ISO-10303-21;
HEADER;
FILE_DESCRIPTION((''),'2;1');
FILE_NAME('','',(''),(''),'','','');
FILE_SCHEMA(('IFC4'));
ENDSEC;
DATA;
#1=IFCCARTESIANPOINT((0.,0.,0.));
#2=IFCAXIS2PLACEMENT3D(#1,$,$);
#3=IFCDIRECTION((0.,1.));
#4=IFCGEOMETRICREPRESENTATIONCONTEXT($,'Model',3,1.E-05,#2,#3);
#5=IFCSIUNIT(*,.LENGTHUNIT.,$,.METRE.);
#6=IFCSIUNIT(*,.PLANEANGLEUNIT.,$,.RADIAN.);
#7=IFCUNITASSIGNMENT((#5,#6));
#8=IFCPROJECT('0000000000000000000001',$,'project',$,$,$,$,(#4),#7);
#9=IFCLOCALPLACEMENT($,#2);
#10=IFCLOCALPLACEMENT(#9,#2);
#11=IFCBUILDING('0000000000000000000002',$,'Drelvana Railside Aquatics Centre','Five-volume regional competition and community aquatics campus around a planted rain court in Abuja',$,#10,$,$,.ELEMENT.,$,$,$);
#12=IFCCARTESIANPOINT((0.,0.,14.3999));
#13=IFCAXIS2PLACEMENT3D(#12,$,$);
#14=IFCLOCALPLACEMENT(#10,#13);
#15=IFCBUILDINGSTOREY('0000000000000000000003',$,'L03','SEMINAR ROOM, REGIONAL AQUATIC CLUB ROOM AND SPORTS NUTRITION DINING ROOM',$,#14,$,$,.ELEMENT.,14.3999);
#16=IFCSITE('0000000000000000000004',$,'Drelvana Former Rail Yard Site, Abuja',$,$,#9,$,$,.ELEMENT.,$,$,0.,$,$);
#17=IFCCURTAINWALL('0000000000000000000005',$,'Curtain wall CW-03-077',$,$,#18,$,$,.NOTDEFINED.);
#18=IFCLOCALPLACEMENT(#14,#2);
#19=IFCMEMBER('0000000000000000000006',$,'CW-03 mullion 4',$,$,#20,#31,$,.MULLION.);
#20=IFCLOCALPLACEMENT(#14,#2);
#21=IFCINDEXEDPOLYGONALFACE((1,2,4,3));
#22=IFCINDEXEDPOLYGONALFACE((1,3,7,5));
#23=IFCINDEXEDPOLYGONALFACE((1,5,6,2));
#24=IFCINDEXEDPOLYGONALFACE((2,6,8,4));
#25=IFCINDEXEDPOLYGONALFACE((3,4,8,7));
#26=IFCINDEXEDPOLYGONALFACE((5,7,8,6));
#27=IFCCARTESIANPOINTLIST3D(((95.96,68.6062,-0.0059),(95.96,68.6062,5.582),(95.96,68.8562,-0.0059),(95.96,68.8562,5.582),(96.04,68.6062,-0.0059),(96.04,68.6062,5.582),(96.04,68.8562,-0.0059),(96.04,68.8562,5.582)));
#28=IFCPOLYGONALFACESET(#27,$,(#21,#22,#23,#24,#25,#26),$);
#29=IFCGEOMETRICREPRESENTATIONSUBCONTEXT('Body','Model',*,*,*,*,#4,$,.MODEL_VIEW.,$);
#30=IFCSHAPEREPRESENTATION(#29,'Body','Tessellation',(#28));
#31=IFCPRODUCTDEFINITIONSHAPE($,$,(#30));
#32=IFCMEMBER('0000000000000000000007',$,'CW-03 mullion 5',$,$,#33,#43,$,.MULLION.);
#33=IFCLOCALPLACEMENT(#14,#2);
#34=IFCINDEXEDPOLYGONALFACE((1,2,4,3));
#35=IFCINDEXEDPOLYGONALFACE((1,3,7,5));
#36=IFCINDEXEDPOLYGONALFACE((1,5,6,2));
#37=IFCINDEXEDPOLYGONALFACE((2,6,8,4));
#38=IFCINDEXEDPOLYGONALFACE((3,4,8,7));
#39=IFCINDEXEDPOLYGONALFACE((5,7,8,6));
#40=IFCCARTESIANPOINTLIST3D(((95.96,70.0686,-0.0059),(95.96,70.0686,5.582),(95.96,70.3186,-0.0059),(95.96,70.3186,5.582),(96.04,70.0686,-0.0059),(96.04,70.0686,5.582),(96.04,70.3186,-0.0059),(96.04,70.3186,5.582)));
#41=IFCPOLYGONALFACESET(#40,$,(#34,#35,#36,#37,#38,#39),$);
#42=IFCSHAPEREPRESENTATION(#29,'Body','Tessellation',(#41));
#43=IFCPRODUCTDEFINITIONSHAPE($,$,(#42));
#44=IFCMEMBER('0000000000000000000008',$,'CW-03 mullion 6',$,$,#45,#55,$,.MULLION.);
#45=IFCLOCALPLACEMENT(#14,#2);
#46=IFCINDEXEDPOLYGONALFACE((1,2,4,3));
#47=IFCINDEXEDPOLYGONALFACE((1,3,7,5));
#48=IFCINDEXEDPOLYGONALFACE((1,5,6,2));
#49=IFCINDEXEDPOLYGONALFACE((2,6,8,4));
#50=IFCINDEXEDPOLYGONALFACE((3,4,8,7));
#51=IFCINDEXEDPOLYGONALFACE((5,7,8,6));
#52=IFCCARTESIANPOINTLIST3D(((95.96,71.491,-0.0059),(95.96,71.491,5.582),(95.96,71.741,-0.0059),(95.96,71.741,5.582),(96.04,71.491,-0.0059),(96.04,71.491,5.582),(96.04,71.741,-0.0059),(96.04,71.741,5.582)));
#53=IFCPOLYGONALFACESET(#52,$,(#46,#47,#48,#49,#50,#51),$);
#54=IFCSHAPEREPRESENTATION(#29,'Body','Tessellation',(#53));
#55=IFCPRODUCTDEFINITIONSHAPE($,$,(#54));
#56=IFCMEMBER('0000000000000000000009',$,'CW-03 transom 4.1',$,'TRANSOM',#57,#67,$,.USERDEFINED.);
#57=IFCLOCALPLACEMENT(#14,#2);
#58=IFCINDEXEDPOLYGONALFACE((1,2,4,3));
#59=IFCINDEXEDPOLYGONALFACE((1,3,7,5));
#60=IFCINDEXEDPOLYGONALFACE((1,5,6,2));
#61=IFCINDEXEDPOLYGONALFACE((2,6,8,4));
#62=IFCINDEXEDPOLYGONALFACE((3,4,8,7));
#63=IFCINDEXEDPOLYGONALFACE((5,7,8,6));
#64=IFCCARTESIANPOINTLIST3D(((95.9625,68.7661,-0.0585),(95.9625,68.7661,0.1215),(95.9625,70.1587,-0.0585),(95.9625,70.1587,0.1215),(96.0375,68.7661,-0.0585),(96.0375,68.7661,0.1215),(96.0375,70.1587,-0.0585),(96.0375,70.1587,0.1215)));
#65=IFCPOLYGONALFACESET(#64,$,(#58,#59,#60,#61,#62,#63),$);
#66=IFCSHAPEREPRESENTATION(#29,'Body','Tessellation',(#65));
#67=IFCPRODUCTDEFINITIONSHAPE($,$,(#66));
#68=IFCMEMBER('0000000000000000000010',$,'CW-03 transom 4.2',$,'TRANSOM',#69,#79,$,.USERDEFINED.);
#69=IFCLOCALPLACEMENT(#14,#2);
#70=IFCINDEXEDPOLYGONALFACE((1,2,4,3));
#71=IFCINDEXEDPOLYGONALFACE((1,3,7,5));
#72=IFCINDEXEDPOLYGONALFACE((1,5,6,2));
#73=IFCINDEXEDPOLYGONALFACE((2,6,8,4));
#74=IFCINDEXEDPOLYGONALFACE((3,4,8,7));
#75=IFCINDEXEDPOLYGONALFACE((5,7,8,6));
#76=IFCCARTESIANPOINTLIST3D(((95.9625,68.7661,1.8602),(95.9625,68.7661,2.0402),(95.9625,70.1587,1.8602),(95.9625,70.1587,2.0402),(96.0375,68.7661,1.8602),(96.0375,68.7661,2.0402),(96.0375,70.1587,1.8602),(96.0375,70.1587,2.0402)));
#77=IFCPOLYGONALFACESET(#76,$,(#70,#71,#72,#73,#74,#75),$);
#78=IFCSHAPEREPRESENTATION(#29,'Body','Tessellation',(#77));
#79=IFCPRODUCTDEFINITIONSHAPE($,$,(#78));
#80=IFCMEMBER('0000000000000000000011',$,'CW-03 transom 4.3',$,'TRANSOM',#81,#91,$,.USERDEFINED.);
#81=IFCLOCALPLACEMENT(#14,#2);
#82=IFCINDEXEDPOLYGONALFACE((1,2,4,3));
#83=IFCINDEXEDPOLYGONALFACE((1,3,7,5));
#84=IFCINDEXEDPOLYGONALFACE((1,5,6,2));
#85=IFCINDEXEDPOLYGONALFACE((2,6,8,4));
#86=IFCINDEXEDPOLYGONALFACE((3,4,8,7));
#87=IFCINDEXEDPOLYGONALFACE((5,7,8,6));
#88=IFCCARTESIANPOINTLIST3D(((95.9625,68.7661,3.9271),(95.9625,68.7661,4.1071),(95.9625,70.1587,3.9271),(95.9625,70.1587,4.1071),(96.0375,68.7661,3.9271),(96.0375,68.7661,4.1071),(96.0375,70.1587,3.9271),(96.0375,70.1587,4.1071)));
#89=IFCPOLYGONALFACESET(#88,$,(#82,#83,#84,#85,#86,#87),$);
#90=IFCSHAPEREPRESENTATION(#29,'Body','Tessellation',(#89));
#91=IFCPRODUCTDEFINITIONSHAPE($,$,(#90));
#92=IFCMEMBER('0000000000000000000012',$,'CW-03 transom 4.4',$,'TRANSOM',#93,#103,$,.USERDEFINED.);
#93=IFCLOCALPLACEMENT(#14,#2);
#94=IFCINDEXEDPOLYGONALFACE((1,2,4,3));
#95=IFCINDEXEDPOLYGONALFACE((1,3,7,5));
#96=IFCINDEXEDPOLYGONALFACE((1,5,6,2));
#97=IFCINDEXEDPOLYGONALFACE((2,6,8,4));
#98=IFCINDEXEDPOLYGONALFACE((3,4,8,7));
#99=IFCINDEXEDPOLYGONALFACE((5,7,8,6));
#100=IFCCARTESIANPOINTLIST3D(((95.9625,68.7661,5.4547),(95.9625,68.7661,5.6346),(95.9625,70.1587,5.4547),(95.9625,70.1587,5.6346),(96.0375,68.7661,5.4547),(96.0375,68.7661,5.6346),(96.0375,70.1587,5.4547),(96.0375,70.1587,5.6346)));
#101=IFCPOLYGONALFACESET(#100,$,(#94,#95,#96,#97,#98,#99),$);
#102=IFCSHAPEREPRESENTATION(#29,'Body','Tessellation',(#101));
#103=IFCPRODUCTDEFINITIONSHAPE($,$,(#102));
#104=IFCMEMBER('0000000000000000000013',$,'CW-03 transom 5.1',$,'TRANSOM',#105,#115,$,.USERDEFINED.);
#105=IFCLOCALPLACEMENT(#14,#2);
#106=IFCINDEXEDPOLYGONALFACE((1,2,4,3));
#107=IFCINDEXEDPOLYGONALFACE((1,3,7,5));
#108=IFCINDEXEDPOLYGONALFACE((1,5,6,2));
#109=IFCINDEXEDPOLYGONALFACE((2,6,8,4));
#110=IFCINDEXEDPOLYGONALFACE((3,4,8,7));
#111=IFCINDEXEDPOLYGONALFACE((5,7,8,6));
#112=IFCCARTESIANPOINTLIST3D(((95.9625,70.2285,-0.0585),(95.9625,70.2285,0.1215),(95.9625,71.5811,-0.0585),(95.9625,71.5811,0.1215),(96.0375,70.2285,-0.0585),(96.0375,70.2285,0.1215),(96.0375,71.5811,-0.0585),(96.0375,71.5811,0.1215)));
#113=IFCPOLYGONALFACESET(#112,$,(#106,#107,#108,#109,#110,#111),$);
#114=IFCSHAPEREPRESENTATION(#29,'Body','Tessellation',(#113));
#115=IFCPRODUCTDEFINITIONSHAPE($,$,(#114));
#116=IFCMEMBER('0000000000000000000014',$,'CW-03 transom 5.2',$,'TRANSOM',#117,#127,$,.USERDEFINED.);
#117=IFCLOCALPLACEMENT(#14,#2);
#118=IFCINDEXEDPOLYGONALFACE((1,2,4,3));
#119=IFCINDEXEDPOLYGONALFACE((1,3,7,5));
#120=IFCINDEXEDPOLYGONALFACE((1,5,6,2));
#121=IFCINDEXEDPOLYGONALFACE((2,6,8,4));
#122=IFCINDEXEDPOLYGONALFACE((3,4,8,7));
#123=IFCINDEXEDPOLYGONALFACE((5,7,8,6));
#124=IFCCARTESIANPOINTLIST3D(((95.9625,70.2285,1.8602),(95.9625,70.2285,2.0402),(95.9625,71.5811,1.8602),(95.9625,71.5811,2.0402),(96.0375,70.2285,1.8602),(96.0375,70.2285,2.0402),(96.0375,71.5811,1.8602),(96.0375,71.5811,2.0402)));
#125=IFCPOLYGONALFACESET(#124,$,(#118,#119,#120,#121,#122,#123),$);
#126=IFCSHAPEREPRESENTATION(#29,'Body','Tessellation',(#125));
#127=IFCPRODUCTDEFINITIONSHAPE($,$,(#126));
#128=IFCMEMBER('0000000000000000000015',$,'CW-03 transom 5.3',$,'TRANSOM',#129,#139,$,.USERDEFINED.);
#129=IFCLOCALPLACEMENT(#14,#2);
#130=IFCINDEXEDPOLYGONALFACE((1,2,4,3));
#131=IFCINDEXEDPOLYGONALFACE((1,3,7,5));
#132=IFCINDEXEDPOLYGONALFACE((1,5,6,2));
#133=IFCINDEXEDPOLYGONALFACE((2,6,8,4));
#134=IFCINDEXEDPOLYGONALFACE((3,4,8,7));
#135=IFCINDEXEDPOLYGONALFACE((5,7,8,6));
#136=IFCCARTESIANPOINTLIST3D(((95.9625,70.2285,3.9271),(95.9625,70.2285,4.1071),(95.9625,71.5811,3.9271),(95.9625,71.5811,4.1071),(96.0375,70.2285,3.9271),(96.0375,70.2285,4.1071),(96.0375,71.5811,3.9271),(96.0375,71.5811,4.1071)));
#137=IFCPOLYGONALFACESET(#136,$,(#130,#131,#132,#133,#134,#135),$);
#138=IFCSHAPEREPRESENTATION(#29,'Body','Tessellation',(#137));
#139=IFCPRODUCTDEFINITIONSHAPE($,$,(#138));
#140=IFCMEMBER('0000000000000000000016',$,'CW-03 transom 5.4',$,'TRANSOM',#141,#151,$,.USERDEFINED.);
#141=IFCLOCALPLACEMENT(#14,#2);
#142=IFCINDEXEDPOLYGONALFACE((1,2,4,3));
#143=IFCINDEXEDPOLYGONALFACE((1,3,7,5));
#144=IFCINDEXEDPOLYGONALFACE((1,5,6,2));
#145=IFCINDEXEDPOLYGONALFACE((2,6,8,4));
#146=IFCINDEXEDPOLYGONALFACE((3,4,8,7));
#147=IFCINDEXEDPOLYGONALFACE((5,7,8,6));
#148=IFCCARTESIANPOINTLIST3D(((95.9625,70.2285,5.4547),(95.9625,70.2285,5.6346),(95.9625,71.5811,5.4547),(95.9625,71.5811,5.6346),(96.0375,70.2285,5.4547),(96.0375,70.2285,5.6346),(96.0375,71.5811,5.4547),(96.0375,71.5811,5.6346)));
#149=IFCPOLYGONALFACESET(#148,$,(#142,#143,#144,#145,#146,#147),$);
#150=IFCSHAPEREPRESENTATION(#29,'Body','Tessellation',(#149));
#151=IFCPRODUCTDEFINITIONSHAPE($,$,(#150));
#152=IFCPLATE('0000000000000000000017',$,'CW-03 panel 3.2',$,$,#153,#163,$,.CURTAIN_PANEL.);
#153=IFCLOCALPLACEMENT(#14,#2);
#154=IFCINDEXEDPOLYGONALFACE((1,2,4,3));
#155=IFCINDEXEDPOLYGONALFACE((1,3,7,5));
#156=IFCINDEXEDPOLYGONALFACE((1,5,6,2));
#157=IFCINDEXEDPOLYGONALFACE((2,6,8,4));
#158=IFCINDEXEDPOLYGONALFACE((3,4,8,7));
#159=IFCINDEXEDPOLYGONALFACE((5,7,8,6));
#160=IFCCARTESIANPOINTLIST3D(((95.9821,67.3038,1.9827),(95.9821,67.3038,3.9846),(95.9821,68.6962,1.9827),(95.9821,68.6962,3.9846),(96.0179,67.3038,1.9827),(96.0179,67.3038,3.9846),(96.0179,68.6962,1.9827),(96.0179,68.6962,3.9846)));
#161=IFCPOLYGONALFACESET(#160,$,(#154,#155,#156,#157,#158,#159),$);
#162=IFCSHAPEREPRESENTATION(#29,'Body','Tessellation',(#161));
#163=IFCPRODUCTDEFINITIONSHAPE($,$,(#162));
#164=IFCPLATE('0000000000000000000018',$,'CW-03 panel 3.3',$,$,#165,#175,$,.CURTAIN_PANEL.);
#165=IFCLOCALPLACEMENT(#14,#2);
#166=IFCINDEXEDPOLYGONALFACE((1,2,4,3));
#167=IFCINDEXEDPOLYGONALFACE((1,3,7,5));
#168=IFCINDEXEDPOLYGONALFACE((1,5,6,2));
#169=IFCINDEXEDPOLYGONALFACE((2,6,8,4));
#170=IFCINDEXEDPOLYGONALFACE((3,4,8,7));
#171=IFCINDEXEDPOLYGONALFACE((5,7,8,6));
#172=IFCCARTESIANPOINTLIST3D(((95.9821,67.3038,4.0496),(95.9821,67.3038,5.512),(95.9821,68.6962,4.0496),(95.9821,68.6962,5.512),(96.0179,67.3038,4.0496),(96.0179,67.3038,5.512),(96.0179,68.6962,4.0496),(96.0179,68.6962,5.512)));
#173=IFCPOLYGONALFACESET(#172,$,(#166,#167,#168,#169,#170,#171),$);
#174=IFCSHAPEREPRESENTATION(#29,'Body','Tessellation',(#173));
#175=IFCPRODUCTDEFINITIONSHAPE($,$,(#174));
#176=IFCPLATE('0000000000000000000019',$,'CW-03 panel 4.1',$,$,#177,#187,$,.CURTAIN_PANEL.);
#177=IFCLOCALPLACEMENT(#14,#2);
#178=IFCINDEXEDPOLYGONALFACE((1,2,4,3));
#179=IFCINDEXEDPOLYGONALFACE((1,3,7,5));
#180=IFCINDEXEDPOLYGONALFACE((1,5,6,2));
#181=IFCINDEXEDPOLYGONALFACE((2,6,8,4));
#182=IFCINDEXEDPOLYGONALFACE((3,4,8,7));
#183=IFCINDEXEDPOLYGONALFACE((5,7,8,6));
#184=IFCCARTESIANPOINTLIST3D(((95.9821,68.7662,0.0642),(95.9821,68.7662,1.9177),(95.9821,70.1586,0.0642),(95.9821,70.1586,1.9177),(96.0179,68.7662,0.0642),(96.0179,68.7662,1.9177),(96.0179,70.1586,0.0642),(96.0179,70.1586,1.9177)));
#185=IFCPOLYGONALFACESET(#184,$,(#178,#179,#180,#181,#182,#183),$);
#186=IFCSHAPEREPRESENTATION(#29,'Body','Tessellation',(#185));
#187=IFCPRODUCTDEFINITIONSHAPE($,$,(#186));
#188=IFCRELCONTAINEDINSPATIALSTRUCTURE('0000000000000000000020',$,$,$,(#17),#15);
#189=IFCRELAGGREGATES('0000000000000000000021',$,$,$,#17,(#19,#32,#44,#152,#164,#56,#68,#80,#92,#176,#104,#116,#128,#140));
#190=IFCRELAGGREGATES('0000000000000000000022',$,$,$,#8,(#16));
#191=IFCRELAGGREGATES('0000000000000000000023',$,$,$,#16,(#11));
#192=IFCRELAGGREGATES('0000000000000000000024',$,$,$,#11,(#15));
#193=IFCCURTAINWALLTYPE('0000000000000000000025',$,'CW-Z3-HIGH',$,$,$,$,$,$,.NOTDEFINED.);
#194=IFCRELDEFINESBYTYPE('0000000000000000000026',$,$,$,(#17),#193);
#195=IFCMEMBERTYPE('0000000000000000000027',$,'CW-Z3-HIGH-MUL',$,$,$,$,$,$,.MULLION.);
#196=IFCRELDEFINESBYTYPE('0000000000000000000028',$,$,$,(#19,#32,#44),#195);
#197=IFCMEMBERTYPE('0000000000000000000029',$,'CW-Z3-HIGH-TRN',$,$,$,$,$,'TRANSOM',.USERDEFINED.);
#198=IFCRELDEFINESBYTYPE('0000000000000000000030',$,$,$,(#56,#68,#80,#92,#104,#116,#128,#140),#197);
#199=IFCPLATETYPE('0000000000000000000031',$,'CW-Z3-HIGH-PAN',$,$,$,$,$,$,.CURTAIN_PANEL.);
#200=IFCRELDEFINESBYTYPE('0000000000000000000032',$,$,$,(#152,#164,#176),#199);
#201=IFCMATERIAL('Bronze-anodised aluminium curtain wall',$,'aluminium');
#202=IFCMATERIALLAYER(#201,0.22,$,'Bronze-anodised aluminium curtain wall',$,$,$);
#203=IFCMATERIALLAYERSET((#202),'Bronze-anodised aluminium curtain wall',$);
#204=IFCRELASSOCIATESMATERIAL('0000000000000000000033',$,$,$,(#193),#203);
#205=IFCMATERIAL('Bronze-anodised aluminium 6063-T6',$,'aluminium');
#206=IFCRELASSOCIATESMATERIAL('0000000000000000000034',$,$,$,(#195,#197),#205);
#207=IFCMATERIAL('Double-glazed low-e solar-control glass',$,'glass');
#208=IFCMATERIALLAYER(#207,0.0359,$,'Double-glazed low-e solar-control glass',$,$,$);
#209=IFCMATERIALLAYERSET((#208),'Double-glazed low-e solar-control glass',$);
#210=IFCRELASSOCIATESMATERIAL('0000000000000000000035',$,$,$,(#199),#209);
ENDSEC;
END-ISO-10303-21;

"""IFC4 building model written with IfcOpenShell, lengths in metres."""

from ifc_helpers import new_model, si_unit, direction, frame, origin, origin_2d, place, context, subcontext, project, spatial, rectangle, extrude, material, layer, layer_set, material_profile, profile_set, type_object, element, aggregate, save


model = new_model("IFC4")

# Units and contexts
model_context = context("Model", 3, precision=1e-05, world=origin(), true_north=direction((0.0, 1.0)))
body_context = subcontext(model_context, "Body", "Model", "MODEL_VIEW")
ifc_project = project(units=[si_unit("LENGTHUNIT", "METRE"), si_unit("PLANEANGLEUNIT", "RADIAN")], contexts=[model_context])

# Site, building, storey
site_placement = place(None, origin())
site = spatial("IfcSite", under=ifc_project, at=site_placement, Name="Drelvana Former Rail Yard Site, Abuja", CompositionType="ELEMENT", RefElevation=0.0)
building_placement = place(site_placement, origin())
building = spatial("IfcBuilding", under=site, at=building_placement, Name="Drelvana Railside Aquatics Centre", Description="Five-volume regional competition and community aquatics campus around a planted rain court in Abuja", CompositionType="ELEMENT")
storey_placement = place(building_placement, frame((0.0, 0.0, 14.3999)))
storey = spatial("IfcBuildingStorey", under=building, at=storey_placement, Name="L03", Description="SEMINAR ROOM, REGIONAL AQUATIC CLUB ROOM AND SPORTS NUTRITION DINING ROOM", CompositionType="ELEMENT", Elevation=14.3999)

# Curtain wall, members, plates
ifc_material_1 = material(Name="Bronze-anodised aluminium curtain wall", Category="aluminium")
ifc_layer_1 = layer(ifc_material_1, 0.22, Name="Bronze-anodised aluminium curtain wall")
ifc_layer_set_1 = layer_set([ifc_layer_1], Name="Bronze-anodised aluminium curtain wall")
curtain_wall_type = type_object("IfcCurtainWallType", Name="CW-Z3-HIGH", PredefinedType="NOTDEFINED", material=ifc_layer_set_1)
curtain_wall_placement = place(storey_placement, origin())
curtain_wall = element("IfcCurtainWall", 1, at=curtain_wall_placement, inside=storey, type_object=curtain_wall_type, Name="Curtain wall CW-03-077", PredefinedType="NOTDEFINED")
ifc_material_2 = material(Name="Bronze-anodised aluminium 6063-T6", Category="aluminium")
ifc_material_profile_1 = material_profile(ifc_material_2, rectangle(XDim=0.0801, YDim=0.25, at=origin_2d()), Name="ALU-M 80x250")
ifc_profile_set_1 = profile_set([ifc_material_profile_1], Name="Bronze-anodised aluminium 6063-T6")
member_type_1 = type_object("IfcMemberType", Name="CW-Z3-HIGH-MUL", PredefinedType="MULLION", material=ifc_profile_set_1)
member_1_placement = place(storey_placement, frame((96.0, 68.7312, -0.0059), z_axis=(0.0, 0.0, 1.0), x_axis=(-1.0, 0.0, 0.0)))
member_1 = element("IfcMember", 2, at=member_1_placement, type_object=member_type_1, Name="CW-03 mullion 4", PredefinedType="MULLION", context=body_context, shape_type="SweptSolid", body=[
    extrude(rectangle(XDim=0.0801, YDim=0.25, at=origin_2d()), origin(), (0.0, 0.0, 1.0), 5.5879),
])
member_2_placement = place(storey_placement, frame((96.0, 70.1936, -0.0059), z_axis=(0.0, 0.0, 1.0), x_axis=(-1.0, 0.0, 0.0)))
member_2 = element("IfcMember", 3, at=member_2_placement, type_object=member_type_1, Name="CW-03 mullion 5", PredefinedType="MULLION", context=body_context, shape_type="SweptSolid", body=[
    extrude(rectangle(XDim=0.0801, YDim=0.25, at=origin_2d()), origin(), (0.0, 0.0, 1.0), 5.5879),
])
member_3_placement = place(storey_placement, frame((96.0, 71.616, -0.0059), z_axis=(0.0, 0.0, 1.0), x_axis=(-1.0, 0.0, 0.0)))
member_3 = element("IfcMember", 4, at=member_3_placement, type_object=member_type_1, Name="CW-03 mullion 6", PredefinedType="MULLION", context=body_context, shape_type="SweptSolid", body=[
    extrude(rectangle(XDim=0.0801, YDim=0.25, at=origin_2d()), origin(), (0.0, 0.0, 1.0), 5.5879),
])
ifc_material_profile_2 = material_profile(ifc_material_2, rectangle(XDim=0.1799, YDim=0.075, at=origin_2d()), Name="ALU-T 75x180")
ifc_profile_set_2 = profile_set([ifc_material_profile_2], Name="Bronze-anodised aluminium 6063-T6")
member_type_2 = type_object("IfcMemberType", Name="CW-Z3-HIGH-TRN", ElementType="TRANSOM", PredefinedType="USERDEFINED", material=ifc_profile_set_2)
member_4_placement = place(storey_placement, frame((96.0, 68.7661, 0.0315), z_axis=(0.0, 1.0, 0.0), x_axis=(0.0, 0.0, 1.0)))
member_4 = element("IfcMember", 5, at=member_4_placement, type_object=member_type_2, Name="CW-03 transom 4.1", ObjectType="TRANSOM", PredefinedType="USERDEFINED", context=body_context, shape_type="SweptSolid", body=[
    extrude(rectangle(XDim=0.1799, YDim=0.075, at=origin_2d()), origin(), (0.0, 0.0, 1.0), 1.3926),
])
member_5_placement = place(storey_placement, frame((96.0, 68.7661, 1.9502), z_axis=(0.0, 1.0, 0.0), x_axis=(0.0, 0.0, 1.0)))
member_5 = element("IfcMember", 6, at=member_5_placement, type_object=member_type_2, Name="CW-03 transom 4.2", ObjectType="TRANSOM", PredefinedType="USERDEFINED", context=body_context, shape_type="SweptSolid", body=[
    extrude(rectangle(XDim=0.1799, YDim=0.075, at=origin_2d()), origin(), (0.0, 0.0, 1.0), 1.3926),
])
member_6_placement = place(storey_placement, frame((96.0, 68.7661, 4.0171), z_axis=(0.0, 1.0, 0.0), x_axis=(0.0, 0.0, 1.0)))
member_6 = element("IfcMember", 7, at=member_6_placement, type_object=member_type_2, Name="CW-03 transom 4.3", ObjectType="TRANSOM", PredefinedType="USERDEFINED", context=body_context, shape_type="SweptSolid", body=[
    extrude(rectangle(XDim=0.1799, YDim=0.075, at=origin_2d()), origin(), (0.0, 0.0, 1.0), 1.3926),
])
member_7_placement = place(storey_placement, frame((96.0, 68.7661, 5.5447), z_axis=(0.0, 1.0, 0.0), x_axis=(0.0, 0.0, 1.0)))
member_7 = element("IfcMember", 8, at=member_7_placement, type_object=member_type_2, Name="CW-03 transom 4.4", ObjectType="TRANSOM", PredefinedType="USERDEFINED", context=body_context, shape_type="SweptSolid", body=[
    extrude(rectangle(XDim=0.1799, YDim=0.075, at=origin_2d()), origin(), (0.0, 0.0, 1.0), 1.3926),
])
member_8_placement = place(storey_placement, frame((96.0, 70.2285, 0.0315), z_axis=(0.0, 1.0, 0.0), x_axis=(0.0, 0.0, 1.0)))
member_8 = element("IfcMember", 9, at=member_8_placement, type_object=member_type_2, Name="CW-03 transom 5.1", ObjectType="TRANSOM", PredefinedType="USERDEFINED", context=body_context, shape_type="SweptSolid", body=[
    extrude(rectangle(XDim=0.1799, YDim=0.075, at=origin_2d()), origin(), (0.0, 0.0, 1.0), 1.3525),
])
member_9_placement = place(storey_placement, frame((96.0, 70.2285, 1.9502), z_axis=(0.0, 1.0, 0.0), x_axis=(0.0, 0.0, 1.0)))
member_9 = element("IfcMember", 10, at=member_9_placement, type_object=member_type_2, Name="CW-03 transom 5.2", ObjectType="TRANSOM", PredefinedType="USERDEFINED", context=body_context, shape_type="SweptSolid", body=[
    extrude(rectangle(XDim=0.1799, YDim=0.075, at=origin_2d()), origin(), (0.0, 0.0, 1.0), 1.3525),
])
member_10_placement = place(storey_placement, frame((96.0, 70.2285, 4.0171), z_axis=(0.0, 1.0, 0.0), x_axis=(0.0, 0.0, 1.0)))
member_10 = element("IfcMember", 11, at=member_10_placement, type_object=member_type_2, Name="CW-03 transom 5.3", ObjectType="TRANSOM", PredefinedType="USERDEFINED", context=body_context, shape_type="SweptSolid", body=[
    extrude(rectangle(XDim=0.1799, YDim=0.075, at=origin_2d()), origin(), (0.0, 0.0, 1.0), 1.3525),
])
member_11_placement = place(storey_placement, frame((96.0, 70.2285, 5.5447), z_axis=(0.0, 1.0, 0.0), x_axis=(0.0, 0.0, 1.0)))
member_11 = element("IfcMember", 12, at=member_11_placement, type_object=member_type_2, Name="CW-03 transom 5.4", ObjectType="TRANSOM", PredefinedType="USERDEFINED", context=body_context, shape_type="SweptSolid", body=[
    extrude(rectangle(XDim=0.1799, YDim=0.075, at=origin_2d()), origin(), (0.0, 0.0, 1.0), 1.3525),
])
ifc_material_3 = material(Name="Double-glazed low-e solar-control glass", Category="glass")
ifc_layer_2 = layer(ifc_material_3, 0.0359, Name="Double-glazed low-e solar-control glass")
ifc_layer_set_2 = layer_set([ifc_layer_2], Name="Double-glazed low-e solar-control glass")
plate_type = type_object("IfcPlateType", Name="CW-Z3-HIGH-PAN", PredefinedType="CURTAIN_PANEL", material=ifc_layer_set_2)
plate_1_placement = place(storey_placement, frame((96.0, 68.0, 1.9827), z_axis=(0.0, 0.0, 1.0), x_axis=(0.0, 1.0, 0.0)))
plate_1 = element("IfcPlate", 13, at=plate_1_placement, type_object=plate_type, Name="CW-03 panel 3.2", PredefinedType="CURTAIN_PANEL", context=body_context, shape_type="SweptSolid", body=[
    extrude(rectangle(XDim=1.3923, YDim=0.0359, at=origin_2d()), origin(), (0.0, 0.0, 1.0), 2.002),
])
plate_2_placement = place(storey_placement, frame((96.0, 68.0, 4.0496), z_axis=(0.0, 0.0, 1.0), x_axis=(0.0, 1.0, 0.0)))
plate_2 = element("IfcPlate", 14, at=plate_2_placement, type_object=plate_type, Name="CW-03 panel 3.3", PredefinedType="CURTAIN_PANEL", context=body_context, shape_type="SweptSolid", body=[
    extrude(rectangle(XDim=1.3923, YDim=0.0359, at=origin_2d()), origin(), (0.0, 0.0, 1.0), 1.4624),
])
plate_3_placement = place(storey_placement, frame((96.0, 69.4624, 0.0642), z_axis=(0.0, 0.0, 1.0), x_axis=(0.0, 1.0, 0.0)))
plate_3 = element("IfcPlate", 15, at=plate_3_placement, type_object=plate_type, Name="CW-03 panel 4.1", PredefinedType="CURTAIN_PANEL", context=body_context, shape_type="SweptSolid", body=[
    extrude(rectangle(XDim=1.3923, YDim=0.0359, at=origin_2d()), origin(), (0.0, 0.0, 1.0), 1.8535),
])
aggregate(curtain_wall, [member_1, member_2, member_3, plate_1, plate_2, member_4, member_5, member_6, member_7, plate_3, member_8, member_9, member_10, member_11])

save(model, "model.ifc")
